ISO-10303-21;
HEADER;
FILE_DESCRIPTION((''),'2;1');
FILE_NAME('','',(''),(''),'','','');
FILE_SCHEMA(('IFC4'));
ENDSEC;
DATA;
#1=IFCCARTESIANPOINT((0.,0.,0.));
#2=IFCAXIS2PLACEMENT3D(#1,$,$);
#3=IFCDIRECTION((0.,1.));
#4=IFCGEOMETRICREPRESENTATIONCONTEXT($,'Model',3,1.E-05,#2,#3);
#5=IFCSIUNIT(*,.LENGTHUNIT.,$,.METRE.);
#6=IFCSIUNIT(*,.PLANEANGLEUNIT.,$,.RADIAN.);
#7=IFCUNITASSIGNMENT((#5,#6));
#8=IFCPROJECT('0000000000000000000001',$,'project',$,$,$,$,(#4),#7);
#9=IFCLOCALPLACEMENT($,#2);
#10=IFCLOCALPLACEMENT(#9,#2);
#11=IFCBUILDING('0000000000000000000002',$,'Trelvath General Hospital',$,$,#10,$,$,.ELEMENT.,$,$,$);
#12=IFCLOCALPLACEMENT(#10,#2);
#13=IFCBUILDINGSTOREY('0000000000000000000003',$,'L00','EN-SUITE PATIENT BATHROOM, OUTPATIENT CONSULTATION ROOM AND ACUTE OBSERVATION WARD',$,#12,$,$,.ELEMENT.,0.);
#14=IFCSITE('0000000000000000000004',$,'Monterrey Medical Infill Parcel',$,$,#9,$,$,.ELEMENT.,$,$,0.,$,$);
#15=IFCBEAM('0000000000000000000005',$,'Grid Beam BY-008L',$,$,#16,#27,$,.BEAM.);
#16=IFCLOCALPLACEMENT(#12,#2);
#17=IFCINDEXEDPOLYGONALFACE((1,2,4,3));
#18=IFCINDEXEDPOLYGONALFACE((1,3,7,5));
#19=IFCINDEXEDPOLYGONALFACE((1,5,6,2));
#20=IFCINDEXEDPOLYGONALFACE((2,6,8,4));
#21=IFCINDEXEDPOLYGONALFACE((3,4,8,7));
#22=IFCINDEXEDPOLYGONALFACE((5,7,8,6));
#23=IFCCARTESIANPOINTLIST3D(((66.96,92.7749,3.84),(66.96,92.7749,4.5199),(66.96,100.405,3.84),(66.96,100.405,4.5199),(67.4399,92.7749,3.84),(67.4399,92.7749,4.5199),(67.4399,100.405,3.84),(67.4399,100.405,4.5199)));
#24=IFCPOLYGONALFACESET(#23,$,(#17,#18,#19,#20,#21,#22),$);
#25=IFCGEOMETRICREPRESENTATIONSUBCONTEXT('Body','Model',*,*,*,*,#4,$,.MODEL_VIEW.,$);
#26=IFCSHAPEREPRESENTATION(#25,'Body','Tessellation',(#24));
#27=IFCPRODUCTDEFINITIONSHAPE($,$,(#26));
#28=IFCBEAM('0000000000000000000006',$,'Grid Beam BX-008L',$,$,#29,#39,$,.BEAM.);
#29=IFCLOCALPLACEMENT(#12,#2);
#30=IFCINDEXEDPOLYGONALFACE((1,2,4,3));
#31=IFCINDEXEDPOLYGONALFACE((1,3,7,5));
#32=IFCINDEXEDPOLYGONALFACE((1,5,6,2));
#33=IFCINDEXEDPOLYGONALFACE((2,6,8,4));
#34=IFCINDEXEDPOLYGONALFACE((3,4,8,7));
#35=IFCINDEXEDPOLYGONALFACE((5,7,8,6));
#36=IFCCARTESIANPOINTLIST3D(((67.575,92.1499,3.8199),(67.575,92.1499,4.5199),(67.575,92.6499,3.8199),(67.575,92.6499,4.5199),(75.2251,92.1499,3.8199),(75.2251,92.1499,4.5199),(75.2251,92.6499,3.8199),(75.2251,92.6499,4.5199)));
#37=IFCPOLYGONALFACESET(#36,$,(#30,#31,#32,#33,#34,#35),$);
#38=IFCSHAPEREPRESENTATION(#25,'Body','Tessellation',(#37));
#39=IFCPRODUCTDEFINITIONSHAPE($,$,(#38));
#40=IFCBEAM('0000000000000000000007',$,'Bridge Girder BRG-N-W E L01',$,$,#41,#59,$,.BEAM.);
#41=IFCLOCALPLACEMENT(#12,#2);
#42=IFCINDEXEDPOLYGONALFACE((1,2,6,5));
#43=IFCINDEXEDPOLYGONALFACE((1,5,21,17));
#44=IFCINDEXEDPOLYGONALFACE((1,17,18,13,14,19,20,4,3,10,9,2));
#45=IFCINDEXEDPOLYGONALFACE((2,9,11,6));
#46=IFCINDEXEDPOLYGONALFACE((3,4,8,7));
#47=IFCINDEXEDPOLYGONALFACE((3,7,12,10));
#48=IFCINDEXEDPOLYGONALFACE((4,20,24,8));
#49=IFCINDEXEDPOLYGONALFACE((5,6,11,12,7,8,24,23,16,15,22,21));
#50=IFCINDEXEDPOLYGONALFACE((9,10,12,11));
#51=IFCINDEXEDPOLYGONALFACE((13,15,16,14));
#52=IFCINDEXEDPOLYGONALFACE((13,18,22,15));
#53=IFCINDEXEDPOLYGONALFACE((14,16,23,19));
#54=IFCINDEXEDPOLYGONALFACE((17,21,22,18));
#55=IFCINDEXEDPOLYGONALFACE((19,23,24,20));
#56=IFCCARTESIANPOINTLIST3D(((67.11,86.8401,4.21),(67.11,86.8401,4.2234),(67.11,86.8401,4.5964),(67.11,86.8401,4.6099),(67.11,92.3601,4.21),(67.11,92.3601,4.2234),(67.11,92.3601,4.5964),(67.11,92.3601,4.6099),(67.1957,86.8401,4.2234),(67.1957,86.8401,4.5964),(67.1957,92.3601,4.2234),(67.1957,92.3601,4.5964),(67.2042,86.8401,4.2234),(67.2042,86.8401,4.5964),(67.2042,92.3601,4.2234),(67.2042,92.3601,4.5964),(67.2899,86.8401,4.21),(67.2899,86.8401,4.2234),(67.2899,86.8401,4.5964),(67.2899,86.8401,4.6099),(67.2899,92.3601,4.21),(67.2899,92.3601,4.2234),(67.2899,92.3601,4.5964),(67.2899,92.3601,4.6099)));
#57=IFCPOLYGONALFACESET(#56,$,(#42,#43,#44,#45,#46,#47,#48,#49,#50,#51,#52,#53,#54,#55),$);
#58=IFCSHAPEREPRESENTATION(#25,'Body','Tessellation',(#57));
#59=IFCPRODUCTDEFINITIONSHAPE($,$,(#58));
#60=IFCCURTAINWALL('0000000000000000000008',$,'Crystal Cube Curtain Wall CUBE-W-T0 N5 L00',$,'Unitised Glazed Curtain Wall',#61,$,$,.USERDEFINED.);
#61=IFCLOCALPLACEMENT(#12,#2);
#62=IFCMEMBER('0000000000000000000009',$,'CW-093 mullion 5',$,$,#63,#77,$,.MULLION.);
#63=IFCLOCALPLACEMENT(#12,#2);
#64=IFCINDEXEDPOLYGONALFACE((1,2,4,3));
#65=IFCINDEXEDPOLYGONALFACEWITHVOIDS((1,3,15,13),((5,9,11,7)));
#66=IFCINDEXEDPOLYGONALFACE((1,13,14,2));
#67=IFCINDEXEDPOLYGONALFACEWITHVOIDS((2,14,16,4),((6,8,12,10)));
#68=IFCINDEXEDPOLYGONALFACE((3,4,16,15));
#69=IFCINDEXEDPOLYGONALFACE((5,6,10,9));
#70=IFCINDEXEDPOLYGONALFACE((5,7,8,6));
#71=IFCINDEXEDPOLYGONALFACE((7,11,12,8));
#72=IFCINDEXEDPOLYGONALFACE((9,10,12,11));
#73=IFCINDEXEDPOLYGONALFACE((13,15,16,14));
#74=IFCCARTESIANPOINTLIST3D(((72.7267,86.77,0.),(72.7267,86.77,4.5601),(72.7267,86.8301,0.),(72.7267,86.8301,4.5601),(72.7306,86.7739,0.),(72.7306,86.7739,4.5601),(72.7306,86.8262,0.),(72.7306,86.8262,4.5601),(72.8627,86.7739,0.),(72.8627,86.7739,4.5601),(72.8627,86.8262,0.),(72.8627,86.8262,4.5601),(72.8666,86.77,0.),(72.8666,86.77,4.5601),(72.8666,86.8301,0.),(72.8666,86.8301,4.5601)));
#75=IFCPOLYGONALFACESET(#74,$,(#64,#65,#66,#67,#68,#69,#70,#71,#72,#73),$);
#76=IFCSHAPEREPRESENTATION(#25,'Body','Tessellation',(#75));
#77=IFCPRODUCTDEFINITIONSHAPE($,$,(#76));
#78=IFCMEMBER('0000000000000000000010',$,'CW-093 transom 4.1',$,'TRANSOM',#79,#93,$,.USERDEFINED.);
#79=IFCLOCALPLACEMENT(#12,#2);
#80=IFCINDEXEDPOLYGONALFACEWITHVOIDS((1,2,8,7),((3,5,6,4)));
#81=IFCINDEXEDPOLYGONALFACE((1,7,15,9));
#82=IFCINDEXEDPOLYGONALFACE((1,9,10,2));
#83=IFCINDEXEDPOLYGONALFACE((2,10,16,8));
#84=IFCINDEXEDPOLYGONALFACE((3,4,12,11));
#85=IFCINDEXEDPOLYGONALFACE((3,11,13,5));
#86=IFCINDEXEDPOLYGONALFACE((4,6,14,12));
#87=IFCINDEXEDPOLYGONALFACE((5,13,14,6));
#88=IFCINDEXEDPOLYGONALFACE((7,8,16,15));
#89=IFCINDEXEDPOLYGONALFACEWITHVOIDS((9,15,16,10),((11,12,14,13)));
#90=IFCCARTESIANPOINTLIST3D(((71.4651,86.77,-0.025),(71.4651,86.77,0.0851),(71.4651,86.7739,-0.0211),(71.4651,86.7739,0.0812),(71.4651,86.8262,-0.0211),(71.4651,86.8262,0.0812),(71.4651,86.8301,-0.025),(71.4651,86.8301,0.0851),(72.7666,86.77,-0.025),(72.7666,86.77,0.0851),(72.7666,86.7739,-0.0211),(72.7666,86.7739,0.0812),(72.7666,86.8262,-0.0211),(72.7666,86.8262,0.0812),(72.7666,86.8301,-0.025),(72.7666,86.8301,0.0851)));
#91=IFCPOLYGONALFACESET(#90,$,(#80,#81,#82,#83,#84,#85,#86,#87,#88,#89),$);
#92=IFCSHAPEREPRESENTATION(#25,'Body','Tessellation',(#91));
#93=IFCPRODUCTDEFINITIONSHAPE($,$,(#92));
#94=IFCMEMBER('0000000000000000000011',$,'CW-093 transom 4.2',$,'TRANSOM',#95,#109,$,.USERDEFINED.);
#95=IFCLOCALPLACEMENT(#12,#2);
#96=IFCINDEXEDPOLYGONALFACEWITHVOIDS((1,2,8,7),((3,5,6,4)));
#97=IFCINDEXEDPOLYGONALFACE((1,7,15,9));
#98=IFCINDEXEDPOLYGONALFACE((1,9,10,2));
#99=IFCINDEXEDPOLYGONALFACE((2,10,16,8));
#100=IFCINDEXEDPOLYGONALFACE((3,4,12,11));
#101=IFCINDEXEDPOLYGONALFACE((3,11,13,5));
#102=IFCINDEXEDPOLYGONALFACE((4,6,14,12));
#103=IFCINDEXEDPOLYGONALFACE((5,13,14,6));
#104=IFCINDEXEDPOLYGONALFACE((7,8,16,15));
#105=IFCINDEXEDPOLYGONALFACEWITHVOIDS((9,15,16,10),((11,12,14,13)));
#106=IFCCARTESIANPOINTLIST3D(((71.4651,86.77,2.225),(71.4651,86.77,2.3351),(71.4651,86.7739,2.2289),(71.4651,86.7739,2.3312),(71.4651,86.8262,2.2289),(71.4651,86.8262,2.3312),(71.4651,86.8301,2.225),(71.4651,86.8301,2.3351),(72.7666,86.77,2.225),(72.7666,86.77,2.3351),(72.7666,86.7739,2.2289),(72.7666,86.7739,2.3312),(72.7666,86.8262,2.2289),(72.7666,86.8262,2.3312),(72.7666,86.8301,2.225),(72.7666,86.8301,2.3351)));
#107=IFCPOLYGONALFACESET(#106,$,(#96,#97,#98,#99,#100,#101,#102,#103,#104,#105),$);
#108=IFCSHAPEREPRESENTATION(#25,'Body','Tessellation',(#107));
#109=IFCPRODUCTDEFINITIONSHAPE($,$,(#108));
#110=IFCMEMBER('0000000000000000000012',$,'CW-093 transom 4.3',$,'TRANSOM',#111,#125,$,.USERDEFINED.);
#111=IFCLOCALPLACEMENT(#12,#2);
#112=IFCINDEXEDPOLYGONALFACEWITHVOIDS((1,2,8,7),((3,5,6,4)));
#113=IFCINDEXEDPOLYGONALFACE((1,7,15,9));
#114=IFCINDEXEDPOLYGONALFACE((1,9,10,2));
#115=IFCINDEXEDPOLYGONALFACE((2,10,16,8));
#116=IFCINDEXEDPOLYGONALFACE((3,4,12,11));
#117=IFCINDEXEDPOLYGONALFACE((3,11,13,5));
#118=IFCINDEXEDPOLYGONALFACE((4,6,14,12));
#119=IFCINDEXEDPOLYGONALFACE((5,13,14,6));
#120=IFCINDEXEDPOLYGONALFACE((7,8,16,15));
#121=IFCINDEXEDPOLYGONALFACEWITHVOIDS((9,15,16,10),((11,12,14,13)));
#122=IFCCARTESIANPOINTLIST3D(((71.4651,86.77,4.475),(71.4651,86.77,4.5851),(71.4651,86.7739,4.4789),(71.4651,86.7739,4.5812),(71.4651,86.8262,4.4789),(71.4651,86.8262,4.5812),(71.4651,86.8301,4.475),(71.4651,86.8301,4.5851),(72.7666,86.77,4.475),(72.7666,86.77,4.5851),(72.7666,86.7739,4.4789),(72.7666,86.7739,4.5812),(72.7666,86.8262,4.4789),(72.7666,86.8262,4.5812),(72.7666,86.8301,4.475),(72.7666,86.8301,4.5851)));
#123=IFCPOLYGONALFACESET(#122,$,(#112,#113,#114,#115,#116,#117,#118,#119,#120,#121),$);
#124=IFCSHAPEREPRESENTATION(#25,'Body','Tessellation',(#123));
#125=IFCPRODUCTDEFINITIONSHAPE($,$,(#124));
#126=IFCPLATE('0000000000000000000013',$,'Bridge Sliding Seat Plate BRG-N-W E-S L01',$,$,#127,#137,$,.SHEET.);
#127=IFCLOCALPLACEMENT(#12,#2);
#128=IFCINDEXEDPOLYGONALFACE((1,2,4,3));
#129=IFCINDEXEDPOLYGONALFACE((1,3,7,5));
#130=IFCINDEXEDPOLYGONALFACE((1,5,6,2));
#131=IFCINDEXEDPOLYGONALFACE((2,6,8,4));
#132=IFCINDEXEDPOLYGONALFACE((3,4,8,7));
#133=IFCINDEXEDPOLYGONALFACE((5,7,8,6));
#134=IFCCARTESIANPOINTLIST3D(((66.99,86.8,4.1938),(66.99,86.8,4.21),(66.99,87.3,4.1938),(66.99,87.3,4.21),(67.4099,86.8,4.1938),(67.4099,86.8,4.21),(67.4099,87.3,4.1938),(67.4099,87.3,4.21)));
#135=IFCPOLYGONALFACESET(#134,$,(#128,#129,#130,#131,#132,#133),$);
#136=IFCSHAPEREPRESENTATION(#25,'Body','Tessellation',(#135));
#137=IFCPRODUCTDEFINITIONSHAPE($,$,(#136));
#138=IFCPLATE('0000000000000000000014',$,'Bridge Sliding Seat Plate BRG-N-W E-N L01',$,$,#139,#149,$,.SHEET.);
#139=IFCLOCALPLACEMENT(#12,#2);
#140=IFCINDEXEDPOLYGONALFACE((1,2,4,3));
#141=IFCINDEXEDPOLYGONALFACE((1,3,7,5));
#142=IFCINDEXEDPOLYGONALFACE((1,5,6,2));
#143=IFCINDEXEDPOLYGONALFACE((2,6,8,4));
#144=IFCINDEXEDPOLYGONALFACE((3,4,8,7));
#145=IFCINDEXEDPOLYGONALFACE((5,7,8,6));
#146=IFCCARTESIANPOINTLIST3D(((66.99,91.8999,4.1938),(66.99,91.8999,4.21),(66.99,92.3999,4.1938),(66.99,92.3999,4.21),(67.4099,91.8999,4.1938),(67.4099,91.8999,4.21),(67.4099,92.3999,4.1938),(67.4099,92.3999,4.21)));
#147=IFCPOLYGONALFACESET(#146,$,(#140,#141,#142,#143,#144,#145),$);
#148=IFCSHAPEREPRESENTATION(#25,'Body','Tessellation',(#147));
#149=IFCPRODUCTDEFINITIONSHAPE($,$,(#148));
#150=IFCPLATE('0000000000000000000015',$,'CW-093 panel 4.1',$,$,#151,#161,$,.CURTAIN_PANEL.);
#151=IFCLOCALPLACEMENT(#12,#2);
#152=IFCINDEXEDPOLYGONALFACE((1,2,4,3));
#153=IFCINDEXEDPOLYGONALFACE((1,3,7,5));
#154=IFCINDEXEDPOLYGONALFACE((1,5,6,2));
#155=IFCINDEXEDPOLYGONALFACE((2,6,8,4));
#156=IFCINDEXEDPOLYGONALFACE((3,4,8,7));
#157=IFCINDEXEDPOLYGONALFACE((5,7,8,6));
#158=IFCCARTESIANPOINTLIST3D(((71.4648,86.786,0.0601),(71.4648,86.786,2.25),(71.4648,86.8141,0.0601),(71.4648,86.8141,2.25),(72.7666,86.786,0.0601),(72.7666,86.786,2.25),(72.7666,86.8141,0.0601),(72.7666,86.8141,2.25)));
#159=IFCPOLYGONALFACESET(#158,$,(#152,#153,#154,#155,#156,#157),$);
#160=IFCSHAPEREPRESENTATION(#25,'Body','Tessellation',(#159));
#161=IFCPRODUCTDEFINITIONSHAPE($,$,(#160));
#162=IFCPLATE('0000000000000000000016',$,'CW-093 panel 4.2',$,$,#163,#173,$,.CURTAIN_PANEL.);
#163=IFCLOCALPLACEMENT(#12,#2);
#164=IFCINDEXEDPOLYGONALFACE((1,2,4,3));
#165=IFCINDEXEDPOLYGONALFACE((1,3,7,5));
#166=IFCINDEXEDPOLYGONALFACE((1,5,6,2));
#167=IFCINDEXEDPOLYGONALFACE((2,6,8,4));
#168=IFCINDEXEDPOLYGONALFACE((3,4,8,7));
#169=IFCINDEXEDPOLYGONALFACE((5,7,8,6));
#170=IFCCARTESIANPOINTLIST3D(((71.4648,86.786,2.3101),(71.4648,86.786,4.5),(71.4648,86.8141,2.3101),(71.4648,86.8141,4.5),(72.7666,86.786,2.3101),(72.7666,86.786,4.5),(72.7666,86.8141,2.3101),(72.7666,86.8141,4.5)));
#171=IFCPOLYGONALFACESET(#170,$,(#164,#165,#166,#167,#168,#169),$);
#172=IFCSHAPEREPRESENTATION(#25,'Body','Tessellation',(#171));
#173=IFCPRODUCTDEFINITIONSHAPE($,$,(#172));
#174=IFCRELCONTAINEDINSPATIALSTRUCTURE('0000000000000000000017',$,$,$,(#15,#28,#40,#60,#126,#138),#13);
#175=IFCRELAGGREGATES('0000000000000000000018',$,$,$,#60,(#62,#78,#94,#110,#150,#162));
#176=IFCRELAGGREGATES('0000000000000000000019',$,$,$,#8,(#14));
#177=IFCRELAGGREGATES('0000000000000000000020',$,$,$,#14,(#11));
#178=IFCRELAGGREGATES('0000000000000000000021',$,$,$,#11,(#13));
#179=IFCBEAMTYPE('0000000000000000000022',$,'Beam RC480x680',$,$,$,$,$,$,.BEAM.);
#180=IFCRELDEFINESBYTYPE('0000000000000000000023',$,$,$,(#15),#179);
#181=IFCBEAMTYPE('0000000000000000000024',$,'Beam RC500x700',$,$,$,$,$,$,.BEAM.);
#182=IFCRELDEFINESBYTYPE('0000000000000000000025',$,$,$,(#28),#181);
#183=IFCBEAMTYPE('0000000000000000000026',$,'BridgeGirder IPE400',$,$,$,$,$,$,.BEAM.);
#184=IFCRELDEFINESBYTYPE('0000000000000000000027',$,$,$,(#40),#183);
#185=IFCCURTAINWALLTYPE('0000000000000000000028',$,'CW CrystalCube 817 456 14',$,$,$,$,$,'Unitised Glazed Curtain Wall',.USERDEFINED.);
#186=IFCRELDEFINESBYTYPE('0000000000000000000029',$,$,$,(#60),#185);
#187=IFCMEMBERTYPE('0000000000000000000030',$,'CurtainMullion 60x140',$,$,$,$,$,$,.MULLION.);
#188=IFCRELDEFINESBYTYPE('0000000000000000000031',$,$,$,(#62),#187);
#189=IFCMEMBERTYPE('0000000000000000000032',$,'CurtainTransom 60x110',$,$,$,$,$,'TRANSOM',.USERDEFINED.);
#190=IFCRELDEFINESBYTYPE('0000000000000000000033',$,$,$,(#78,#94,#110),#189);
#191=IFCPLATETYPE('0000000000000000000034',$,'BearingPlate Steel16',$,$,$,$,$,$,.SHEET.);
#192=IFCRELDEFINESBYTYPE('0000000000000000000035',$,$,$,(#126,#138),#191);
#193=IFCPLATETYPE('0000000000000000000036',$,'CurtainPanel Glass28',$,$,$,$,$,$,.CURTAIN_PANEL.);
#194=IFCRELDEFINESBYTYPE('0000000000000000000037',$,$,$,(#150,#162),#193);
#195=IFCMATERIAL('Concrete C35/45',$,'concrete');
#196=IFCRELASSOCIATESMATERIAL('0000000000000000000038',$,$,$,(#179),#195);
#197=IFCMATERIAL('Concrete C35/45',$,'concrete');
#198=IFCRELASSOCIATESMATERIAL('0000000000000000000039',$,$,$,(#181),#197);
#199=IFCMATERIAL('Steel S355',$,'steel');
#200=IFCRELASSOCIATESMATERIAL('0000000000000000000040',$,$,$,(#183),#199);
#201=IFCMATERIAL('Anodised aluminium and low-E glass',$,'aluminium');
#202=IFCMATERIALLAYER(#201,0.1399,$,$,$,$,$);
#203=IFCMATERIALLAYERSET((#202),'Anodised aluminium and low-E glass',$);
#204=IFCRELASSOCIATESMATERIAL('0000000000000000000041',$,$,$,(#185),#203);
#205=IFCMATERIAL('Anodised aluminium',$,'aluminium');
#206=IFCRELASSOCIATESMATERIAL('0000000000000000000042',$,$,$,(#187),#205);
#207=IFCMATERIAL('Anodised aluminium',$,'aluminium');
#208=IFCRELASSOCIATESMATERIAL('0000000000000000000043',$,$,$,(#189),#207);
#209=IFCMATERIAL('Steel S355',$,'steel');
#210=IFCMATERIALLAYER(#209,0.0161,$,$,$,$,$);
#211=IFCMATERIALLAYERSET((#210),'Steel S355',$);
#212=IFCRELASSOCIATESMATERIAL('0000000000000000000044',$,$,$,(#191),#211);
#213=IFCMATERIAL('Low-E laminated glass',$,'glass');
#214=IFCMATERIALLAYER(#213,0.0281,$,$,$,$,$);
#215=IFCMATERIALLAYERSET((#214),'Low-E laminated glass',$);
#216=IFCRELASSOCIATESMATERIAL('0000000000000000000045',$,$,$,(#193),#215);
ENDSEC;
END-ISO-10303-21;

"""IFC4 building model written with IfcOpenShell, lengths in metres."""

from ifc_helpers import new_model, si_unit, direction, frame, origin, origin_2d, place, context, subcontext, project, spatial, rectangle, hollow_rectangle, i_section, extrude, material, layer, layer_set, material_profile, profile_set, type_object, element, aggregate, save


model = new_model("IFC4")

# Units and contexts
model_context = context("Model", 3, precision=1e-05, world=origin(), true_north=direction((0.0, 1.0)))
body_context = subcontext(model_context, "Body", "Model", "MODEL_VIEW")
ifc_project = project(units=[si_unit("LENGTHUNIT", "METRE"), si_unit("PLANEANGLEUNIT", "RADIAN")], contexts=[model_context])

# Site, building, storey
site_placement = place(None, origin())
site = spatial("IfcSite", under=ifc_project, at=site_placement, Name="Monterrey Medical Infill Parcel", CompositionType="ELEMENT", RefElevation=0.0)
building_placement = place(site_placement, origin())
building = spatial("IfcBuilding", under=site, at=building_placement, Name="Trelvath General Hospital", CompositionType="ELEMENT")
storey_placement = place(building_placement, origin())
storey = spatial("IfcBuildingStorey", under=building, at=storey_placement, Name="L00", Description="EN-SUITE PATIENT BATHROOM, OUTPATIENT CONSULTATION ROOM AND ACUTE OBSERVATION WARD", CompositionType="ELEMENT", Elevation=0.0)

# Beams
ifc_material_1 = material(Name="Concrete C35/45", Category="concrete")
ifc_material_profile_1 = material_profile(ifc_material_1, rectangle(XDim=0.48, YDim=0.6799, at=origin_2d()), Name="RCB480x680")
ifc_profile_set_1 = profile_set([ifc_material_profile_1], Name="Concrete C35/45")
beam_type_1 = type_object("IfcBeamType", Name="Beam RC480x680", PredefinedType="BEAM", material=ifc_profile_set_1)
beam_1_placement = place(storey_placement, frame((67.2, 92.7749, 4.1799), z_axis=(0.0, 1.0, 0.0), x_axis=(-1.0, 0.0, 0.0)))
element("IfcBeam", 1, at=beam_1_placement, inside=storey, type_object=beam_type_1, Name="Grid Beam BY-008L", PredefinedType="BEAM", context=body_context, shape_type="SweptSolid", body=[
    extrude(rectangle(XDim=0.48, YDim=0.6799, at=origin_2d()), origin(), (0.0, 0.0, 1.0), 7.6301),
])
ifc_material_2 = material(Name="Concrete C35/45", Category="concrete")
ifc_material_profile_2 = material_profile(ifc_material_2, rectangle(XDim=0.5, YDim=0.7, at=origin_2d()), Name="RCB500x700")
ifc_profile_set_2 = profile_set([ifc_material_profile_2], Name="Concrete C35/45")
beam_type_2 = type_object("IfcBeamType", Name="Beam RC500x700", PredefinedType="BEAM", material=ifc_profile_set_2)
beam_2_placement = place(storey_placement, frame((67.575, 92.3999, 4.1699), z_axis=(1.0, 0.0, 0.0), x_axis=(0.0, 1.0, 0.0)))
element("IfcBeam", 2, at=beam_2_placement, inside=storey, type_object=beam_type_2, Name="Grid Beam BX-008L", PredefinedType="BEAM", context=body_context, shape_type="SweptSolid", body=[
    extrude(rectangle(XDim=0.5, YDim=0.7, at=origin_2d()), origin(), (0.0, 0.0, 1.0), 7.6501),
])
ifc_material_3 = material(Name="Steel S355", Category="steel")
ifc_material_profile_3 = material_profile(ifc_material_3, i_section(OverallWidth=0.1799, OverallDepth=0.3999, WebThickness=0.0085, FlangeThickness=0.0134, at=origin_2d()), Name="IPE400")
ifc_profile_set_3 = profile_set([ifc_material_profile_3], Name="Steel S355")
beam_type_3 = type_object("IfcBeamType", Name="BridgeGirder IPE400", PredefinedType="BEAM", material=ifc_profile_set_3)
beam_3_placement = place(storey_placement, frame((67.2, 86.8401, 4.4099), z_axis=(0.0, 1.0, 0.0), x_axis=(-1.0, 0.0, 0.0)))
element("IfcBeam", 3, at=beam_3_placement, inside=storey, type_object=beam_type_3, Name="Bridge Girder BRG-N-W E L01", PredefinedType="BEAM", context=body_context, shape_type="SweptSolid", body=[
    extrude(i_section(OverallWidth=0.1799, OverallDepth=0.3999, WebThickness=0.0085, FlangeThickness=0.0134, at=origin_2d()), origin(), (0.0, 0.0, 1.0), 5.52),
])

# Curtain wall, members
ifc_material_4 = material(Name="Anodised aluminium and low-E glass", Category="aluminium")
ifc_layer_1 = layer(ifc_material_4, 0.1399)
ifc_layer_set_1 = layer_set([ifc_layer_1], Name="Anodised aluminium and low-E glass")
curtain_wall_type = type_object("IfcCurtainWallType", Name="CW CrystalCube 817 456 14", ElementType="Unitised Glazed Curtain Wall", PredefinedType="USERDEFINED", material=ifc_layer_set_1)
curtain_wall_placement = place(storey_placement, origin())
curtain_wall = element("IfcCurtainWall", 4, at=curtain_wall_placement, inside=storey, type_object=curtain_wall_type, Name="Crystal Cube Curtain Wall CUBE-W-T0 N5 L00", ObjectType="Unitised Glazed Curtain Wall", PredefinedType="USERDEFINED")
ifc_material_5 = material(Name="Anodised aluminium", Category="aluminium")
ifc_material_profile_4 = material_profile(ifc_material_5, hollow_rectangle(XDim=0.0601, YDim=0.1399, WallThickness=0.0039, at=origin_2d()), Name="RHS60x140x4")
ifc_profile_set_4 = profile_set([ifc_material_profile_4], Name="Anodised aluminium")
member_type_1 = type_object("IfcMemberType", Name="CurtainMullion 60x140", PredefinedType="MULLION", material=ifc_profile_set_4)
member_1_placement = place(storey_placement, frame((72.7966, 86.8, 0.0), z_axis=(0.0, 0.0, 1.0), x_axis=(0.0, 1.0, 0.0)))
member_1 = element("IfcMember", 5, at=member_1_placement, type_object=member_type_1, Name="CW-093 mullion 5", PredefinedType="MULLION", context=body_context, shape_type="SweptSolid", body=[
    extrude(hollow_rectangle(XDim=0.0601, YDim=0.1399, WallThickness=0.0039, at=origin_2d()), origin(), (0.0, 0.0, 1.0), 4.5601),
])
ifc_material_6 = material(Name="Anodised aluminium", Category="aluminium")
ifc_material_profile_5 = material_profile(ifc_material_6, hollow_rectangle(XDim=0.0601, YDim=0.1101, WallThickness=0.0039, at=origin_2d()), Name="RHS60x110x4")
ifc_profile_set_5 = profile_set([ifc_material_profile_5], Name="Anodised aluminium")
member_type_2 = type_object("IfcMemberType", Name="CurtainTransom 60x110", ElementType="TRANSOM", PredefinedType="USERDEFINED", material=ifc_profile_set_5)
member_2_placement = place(storey_placement, frame((71.4651, 86.8, 0.03), z_axis=(1.0, 0.0, 0.0), x_axis=(0.0, 1.0, 0.0)))
member_2 = element("IfcMember", 6, at=member_2_placement, type_object=member_type_2, Name="CW-093 transom 4.1", ObjectType="TRANSOM", PredefinedType="USERDEFINED", context=body_context, shape_type="SweptSolid", body=[
    extrude(hollow_rectangle(XDim=0.0601, YDim=0.1101, WallThickness=0.0039, at=origin_2d()), origin(), (0.0, 0.0, 1.0), 1.3015),
])
member_3_placement = place(storey_placement, frame((71.4651, 86.8, 2.28), z_axis=(1.0, 0.0, 0.0), x_axis=(0.0, 1.0, 0.0)))
member_3 = element("IfcMember", 7, at=member_3_placement, type_object=member_type_2, Name="CW-093 transom 4.2", ObjectType="TRANSOM", PredefinedType="USERDEFINED", context=body_context, shape_type="SweptSolid", body=[
    extrude(hollow_rectangle(XDim=0.0601, YDim=0.1101, WallThickness=0.0039, at=origin_2d()), origin(), (0.0, 0.0, 1.0), 1.3015),
])
member_4_placement = place(storey_placement, frame((71.4651, 86.8, 4.53), z_axis=(1.0, 0.0, 0.0), x_axis=(0.0, 1.0, 0.0)))
member_4 = element("IfcMember", 8, at=member_4_placement, type_object=member_type_2, Name="CW-093 transom 4.3", ObjectType="TRANSOM", PredefinedType="USERDEFINED", context=body_context, shape_type="SweptSolid", body=[
    extrude(hollow_rectangle(XDim=0.0601, YDim=0.1101, WallThickness=0.0039, at=origin_2d()), origin(), (0.0, 0.0, 1.0), 1.3015),
])

# Plates
ifc_material_7 = material(Name="Steel S355", Category="steel")
ifc_layer_2 = layer(ifc_material_7, 0.0161)
ifc_layer_set_2 = layer_set([ifc_layer_2], Name="Steel S355")
plate_type_1 = type_object("IfcPlateType", Name="BearingPlate Steel16", PredefinedType="SHEET", material=ifc_layer_set_2)
for number, where, z_axis, x_axis, name in (
    (9, (67.2, 87.05, 4.1938), (0.0, 0.0, 1.0), (1.0, 0.0, 0.0), "Bridge Sliding Seat Plate BRG-N-W E-S L01"),
    (10, (67.2, 92.1499, 4.1938), (0.0, 0.0, 1.0), (1.0, 0.0, 0.0), "Bridge Sliding Seat Plate BRG-N-W E-N L01"),
):
    element("IfcPlate", number, at=place(storey_placement, frame(where, z_axis=z_axis, x_axis=x_axis)), inside=storey, type_object=plate_type_1, Name=name, PredefinedType="SHEET", context=body_context, shape_type="SweptSolid", body=[
        extrude(rectangle(XDim=0.4199, YDim=0.5, at=origin_2d()), origin(), (0.0, 0.0, 1.0), 0.0161),
    ])

# Plates
ifc_material_8 = material(Name="Low-E laminated glass", Category="glass")
ifc_layer_3 = layer(ifc_material_8, 0.0281)
ifc_layer_set_3 = layer_set([ifc_layer_3], Name="Low-E laminated glass")
plate_type_2 = type_object("IfcPlateType", Name="CurtainPanel Glass28", PredefinedType="CURTAIN_PANEL", material=ifc_layer_set_3)
plate_1_placement = place(storey_placement, frame((72.1157, 86.8, 0.0601), z_axis=(0.0, 0.0, 1.0), x_axis=(1.0, 0.0, 0.0)))
plate_1 = element("IfcPlate", 11, at=plate_1_placement, type_object=plate_type_2, Name="CW-093 panel 4.1", PredefinedType="CURTAIN_PANEL", context=body_context, shape_type="SweptSolid", body=[
    extrude(rectangle(XDim=1.3018, YDim=0.0281, at=origin_2d()), origin(), (0.0, 0.0, 1.0), 2.1899),
])
plate_2_placement = place(storey_placement, frame((72.1157, 86.8, 2.3101), z_axis=(0.0, 0.0, 1.0), x_axis=(1.0, 0.0, 0.0)))
plate_2 = element("IfcPlate", 12, at=plate_2_placement, type_object=plate_type_2, Name="CW-093 panel 4.2", PredefinedType="CURTAIN_PANEL", context=body_context, shape_type="SweptSolid", body=[
    extrude(rectangle(XDim=1.3018, YDim=0.0281, at=origin_2d()), origin(), (0.0, 0.0, 1.0), 2.1899),
])
aggregate(curtain_wall, [member_1, member_2, member_3, member_4, plate_1, plate_2])

save(model, "model.ifc")
